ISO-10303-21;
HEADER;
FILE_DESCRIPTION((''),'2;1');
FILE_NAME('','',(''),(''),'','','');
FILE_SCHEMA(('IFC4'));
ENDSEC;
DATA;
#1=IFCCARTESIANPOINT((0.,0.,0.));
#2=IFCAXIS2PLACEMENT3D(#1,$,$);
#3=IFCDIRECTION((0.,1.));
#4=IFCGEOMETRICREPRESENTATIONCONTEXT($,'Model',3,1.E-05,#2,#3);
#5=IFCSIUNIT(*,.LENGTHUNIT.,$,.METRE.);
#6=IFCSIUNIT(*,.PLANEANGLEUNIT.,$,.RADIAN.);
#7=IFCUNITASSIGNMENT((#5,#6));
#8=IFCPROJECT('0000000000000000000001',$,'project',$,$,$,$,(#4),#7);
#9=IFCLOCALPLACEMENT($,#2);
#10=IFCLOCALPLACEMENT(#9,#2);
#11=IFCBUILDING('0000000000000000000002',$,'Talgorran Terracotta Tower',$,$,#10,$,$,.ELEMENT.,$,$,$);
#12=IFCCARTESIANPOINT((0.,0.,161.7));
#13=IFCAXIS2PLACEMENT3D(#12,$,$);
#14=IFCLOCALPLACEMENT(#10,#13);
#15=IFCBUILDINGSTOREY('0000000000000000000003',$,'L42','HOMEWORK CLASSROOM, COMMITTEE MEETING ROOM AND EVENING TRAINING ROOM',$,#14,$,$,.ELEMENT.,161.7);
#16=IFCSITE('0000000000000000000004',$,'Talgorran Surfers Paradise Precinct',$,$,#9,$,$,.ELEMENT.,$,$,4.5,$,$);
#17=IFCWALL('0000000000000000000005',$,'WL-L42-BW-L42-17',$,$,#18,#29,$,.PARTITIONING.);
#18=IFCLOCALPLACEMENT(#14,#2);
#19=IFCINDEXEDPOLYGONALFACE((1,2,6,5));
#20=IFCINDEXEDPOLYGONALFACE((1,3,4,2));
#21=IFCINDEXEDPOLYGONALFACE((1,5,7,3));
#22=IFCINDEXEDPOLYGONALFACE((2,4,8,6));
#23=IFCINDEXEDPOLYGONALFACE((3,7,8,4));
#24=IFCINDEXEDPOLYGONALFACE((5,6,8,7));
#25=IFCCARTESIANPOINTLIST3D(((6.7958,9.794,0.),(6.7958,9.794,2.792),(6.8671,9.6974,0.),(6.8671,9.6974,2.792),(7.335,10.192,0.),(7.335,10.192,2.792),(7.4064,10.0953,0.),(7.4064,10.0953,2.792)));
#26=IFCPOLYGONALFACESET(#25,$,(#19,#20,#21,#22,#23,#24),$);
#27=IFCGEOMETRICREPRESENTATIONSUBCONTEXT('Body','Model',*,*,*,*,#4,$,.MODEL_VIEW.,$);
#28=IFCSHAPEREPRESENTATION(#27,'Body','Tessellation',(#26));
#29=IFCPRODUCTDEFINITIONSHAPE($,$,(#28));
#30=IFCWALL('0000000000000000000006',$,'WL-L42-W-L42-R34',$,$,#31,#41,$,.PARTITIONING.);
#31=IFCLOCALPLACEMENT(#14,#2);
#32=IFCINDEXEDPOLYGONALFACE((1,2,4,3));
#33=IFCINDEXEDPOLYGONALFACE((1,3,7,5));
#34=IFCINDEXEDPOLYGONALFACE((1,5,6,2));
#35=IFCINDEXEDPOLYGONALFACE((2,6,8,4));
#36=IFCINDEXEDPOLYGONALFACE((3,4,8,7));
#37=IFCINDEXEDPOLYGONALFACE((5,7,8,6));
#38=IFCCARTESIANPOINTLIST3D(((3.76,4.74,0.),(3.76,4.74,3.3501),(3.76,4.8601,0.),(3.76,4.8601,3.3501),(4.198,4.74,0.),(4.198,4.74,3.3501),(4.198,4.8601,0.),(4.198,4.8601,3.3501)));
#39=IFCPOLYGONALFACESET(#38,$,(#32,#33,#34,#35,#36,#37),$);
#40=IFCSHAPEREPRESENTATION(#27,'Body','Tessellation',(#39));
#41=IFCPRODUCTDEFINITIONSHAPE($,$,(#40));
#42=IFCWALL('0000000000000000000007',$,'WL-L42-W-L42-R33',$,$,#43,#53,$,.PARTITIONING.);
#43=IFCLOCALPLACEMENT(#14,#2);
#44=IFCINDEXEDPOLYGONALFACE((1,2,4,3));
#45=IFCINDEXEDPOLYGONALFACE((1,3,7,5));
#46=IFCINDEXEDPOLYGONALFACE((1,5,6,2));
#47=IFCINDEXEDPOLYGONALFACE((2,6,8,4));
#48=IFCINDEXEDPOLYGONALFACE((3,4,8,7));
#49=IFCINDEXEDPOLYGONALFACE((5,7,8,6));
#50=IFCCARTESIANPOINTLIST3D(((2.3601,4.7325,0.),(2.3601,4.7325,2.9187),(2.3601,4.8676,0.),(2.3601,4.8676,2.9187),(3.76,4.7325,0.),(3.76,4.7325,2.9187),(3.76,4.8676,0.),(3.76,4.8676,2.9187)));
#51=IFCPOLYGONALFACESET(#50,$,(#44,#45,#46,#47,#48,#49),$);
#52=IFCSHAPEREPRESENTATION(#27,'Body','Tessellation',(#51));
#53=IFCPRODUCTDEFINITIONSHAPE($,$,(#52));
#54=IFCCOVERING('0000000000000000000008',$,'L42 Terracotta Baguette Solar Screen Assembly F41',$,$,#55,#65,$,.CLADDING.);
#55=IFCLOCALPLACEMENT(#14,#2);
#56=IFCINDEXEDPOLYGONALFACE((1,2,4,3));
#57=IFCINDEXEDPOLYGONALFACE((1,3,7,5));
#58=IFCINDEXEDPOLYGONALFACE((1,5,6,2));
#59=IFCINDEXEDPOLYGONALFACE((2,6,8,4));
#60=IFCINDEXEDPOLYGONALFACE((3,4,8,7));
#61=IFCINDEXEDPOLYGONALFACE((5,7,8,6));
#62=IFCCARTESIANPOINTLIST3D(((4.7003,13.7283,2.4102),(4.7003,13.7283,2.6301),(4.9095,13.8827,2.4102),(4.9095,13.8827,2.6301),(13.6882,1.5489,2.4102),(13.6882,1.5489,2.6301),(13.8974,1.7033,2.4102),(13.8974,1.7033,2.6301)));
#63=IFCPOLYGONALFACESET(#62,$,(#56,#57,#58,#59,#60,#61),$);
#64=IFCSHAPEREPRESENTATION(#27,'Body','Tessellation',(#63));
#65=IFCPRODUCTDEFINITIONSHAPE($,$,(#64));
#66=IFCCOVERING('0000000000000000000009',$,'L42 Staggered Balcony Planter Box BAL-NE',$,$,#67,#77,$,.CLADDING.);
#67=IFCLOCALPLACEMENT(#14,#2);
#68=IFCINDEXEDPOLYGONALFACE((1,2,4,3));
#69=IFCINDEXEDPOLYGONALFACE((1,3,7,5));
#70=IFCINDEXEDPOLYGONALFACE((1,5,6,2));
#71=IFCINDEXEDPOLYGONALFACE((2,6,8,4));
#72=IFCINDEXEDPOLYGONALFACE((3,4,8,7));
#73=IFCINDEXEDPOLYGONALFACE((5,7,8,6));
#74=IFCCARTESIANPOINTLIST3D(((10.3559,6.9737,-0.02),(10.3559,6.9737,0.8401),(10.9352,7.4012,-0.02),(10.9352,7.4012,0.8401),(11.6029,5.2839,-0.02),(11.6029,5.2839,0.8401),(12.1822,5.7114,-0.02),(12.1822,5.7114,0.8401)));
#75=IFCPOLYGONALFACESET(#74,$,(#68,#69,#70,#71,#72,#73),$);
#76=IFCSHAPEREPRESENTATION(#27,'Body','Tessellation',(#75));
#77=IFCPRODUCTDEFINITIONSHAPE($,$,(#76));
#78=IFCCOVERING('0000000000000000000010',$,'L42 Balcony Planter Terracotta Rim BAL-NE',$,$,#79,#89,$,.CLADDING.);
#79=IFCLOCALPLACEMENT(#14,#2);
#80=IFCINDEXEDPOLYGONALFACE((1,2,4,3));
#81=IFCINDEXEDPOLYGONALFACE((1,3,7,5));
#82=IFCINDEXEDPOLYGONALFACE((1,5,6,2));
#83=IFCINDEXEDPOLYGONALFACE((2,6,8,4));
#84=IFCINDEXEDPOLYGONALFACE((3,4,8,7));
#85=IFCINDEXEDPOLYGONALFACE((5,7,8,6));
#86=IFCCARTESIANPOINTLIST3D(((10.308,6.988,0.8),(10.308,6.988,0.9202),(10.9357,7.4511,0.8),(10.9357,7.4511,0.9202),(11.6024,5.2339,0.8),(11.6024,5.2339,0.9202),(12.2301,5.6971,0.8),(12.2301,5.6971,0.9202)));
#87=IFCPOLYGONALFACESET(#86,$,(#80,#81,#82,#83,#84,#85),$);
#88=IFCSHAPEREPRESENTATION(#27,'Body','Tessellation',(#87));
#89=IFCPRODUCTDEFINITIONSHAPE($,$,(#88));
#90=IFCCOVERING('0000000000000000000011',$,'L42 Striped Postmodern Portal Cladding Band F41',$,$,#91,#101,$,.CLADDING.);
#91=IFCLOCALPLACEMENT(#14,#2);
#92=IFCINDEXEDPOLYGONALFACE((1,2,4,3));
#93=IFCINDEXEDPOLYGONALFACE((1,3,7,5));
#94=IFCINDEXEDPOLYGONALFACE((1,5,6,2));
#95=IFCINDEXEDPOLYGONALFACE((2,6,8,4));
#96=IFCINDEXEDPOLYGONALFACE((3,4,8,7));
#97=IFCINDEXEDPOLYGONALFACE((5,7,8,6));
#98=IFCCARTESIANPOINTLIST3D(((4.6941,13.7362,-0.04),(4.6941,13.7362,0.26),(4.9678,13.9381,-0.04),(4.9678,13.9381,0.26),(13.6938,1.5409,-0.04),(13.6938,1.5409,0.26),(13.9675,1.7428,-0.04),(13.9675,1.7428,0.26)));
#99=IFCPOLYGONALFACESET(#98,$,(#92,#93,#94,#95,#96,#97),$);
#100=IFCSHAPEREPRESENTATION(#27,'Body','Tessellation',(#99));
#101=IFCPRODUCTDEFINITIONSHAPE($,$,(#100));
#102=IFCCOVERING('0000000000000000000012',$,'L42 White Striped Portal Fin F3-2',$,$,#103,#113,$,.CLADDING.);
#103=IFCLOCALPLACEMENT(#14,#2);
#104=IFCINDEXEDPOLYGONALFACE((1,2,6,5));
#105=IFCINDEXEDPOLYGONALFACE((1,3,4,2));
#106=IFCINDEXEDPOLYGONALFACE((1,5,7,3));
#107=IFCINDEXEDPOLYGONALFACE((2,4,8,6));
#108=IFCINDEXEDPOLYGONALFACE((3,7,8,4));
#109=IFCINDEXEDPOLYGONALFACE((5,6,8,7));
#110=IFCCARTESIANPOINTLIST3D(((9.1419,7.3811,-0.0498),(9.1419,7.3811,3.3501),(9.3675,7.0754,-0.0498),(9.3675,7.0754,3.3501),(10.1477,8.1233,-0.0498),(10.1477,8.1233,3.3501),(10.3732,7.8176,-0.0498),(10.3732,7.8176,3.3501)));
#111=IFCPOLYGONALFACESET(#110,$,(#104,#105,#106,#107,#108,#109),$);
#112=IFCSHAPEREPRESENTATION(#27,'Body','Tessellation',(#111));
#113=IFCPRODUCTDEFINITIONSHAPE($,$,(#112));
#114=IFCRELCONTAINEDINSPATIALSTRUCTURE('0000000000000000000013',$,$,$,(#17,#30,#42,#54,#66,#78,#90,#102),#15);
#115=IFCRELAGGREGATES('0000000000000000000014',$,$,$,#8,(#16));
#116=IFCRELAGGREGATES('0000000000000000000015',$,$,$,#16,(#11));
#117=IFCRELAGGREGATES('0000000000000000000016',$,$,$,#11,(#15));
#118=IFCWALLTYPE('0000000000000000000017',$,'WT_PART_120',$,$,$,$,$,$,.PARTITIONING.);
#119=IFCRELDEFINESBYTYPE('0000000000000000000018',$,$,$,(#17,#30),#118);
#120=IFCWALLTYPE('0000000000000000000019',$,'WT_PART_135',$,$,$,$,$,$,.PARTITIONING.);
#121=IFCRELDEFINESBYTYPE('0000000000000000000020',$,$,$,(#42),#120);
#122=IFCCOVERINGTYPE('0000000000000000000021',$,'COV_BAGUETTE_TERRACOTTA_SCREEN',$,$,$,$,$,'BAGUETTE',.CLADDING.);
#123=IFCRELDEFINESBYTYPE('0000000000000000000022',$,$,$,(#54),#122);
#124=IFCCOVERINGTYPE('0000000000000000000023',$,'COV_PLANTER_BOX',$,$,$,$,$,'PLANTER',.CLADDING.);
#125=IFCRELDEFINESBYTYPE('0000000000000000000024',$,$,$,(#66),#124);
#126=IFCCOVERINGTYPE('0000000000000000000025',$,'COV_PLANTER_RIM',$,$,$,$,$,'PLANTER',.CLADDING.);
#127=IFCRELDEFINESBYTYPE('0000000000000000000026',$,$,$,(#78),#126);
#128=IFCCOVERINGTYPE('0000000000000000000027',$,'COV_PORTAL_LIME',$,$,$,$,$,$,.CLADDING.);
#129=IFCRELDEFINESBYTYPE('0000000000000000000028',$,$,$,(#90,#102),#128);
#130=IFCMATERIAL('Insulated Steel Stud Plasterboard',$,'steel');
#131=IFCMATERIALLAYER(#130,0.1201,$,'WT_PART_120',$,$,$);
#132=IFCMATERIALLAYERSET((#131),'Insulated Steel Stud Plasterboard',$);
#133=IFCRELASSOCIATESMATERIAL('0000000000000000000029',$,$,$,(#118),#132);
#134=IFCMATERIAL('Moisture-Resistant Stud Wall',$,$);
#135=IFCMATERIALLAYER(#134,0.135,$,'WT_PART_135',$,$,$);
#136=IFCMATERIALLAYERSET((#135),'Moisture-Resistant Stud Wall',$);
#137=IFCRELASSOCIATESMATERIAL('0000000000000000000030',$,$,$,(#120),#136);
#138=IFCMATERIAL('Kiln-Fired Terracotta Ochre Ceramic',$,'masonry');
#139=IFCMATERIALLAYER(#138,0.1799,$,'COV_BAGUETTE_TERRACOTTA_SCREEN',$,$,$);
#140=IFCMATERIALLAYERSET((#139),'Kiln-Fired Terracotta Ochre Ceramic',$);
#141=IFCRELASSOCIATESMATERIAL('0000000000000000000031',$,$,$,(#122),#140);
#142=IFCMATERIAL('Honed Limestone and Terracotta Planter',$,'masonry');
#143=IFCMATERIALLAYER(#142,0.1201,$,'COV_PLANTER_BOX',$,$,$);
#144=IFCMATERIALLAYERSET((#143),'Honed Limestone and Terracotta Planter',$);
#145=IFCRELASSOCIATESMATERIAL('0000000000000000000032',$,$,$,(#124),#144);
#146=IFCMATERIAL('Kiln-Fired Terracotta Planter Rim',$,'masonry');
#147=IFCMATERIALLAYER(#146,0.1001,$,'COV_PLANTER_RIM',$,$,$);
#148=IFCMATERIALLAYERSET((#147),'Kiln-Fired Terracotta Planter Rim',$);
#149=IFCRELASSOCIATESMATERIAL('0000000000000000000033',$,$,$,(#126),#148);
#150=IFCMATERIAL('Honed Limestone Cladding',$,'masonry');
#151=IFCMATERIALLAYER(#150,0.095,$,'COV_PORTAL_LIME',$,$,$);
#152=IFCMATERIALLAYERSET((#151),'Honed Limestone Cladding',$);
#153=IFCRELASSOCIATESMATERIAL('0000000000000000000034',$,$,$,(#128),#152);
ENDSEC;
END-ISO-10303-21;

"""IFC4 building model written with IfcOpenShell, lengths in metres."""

from ifc_helpers import new_model, si_unit, direction, frame, frame_2d, origin, origin_2d, place, context, subcontext, project, spatial, rectangle, extrude, material, layer, layer_set, type_object, element, save


model = new_model("IFC4")

# Units and contexts
model_context = context("Model", 3, precision=1e-05, world=origin(), true_north=direction((0.0, 1.0)))
body_context = subcontext(model_context, "Body", "Model", "MODEL_VIEW")
ifc_project = project(units=[si_unit("LENGTHUNIT", "METRE"), si_unit("PLANEANGLEUNIT", "RADIAN")], contexts=[model_context])

# Site, building, storey
site_placement = place(None, origin())
site = spatial("IfcSite", under=ifc_project, at=site_placement, Name="Talgorran Surfers Paradise Precinct", CompositionType="ELEMENT", RefElevation=4.5)
building_placement = place(site_placement, origin())
building = spatial("IfcBuilding", under=site, at=building_placement, Name="Talgorran Terracotta Tower", CompositionType="ELEMENT")
storey_placement = place(building_placement, frame((0.0, 0.0, 161.7)))
storey = spatial("IfcBuildingStorey", under=building, at=storey_placement, Name="L42", Description="HOMEWORK CLASSROOM, COMMITTEE MEETING ROOM AND EVENING TRAINING ROOM", CompositionType="ELEMENT", Elevation=161.7)

# Shared definitions
ifc_material_1 = material(Name="Insulated Steel Stud Plasterboard", Category="steel")
ifc_layer_1 = layer(ifc_material_1, 0.1201, Name="WT_PART_120")
ifc_layer_set_1 = layer_set([ifc_layer_1], Name="Insulated Steel Stud Plasterboard")
wall_type_1 = type_object("IfcWallType", Name="WT_PART_120", PredefinedType="PARTITIONING", material=ifc_layer_set_1)

# Walls
wall_1_placement = place(storey_placement, frame((7.3706, 10.1436, 0.0), z_axis=(0.0, 0.0, 1.0), x_axis=(-0.804653, -0.593746, 0.0)))
element("IfcWall", 1, at=wall_1_placement, inside=storey, type_object=wall_type_1, Name="WL-L42-BW-L42-17", PredefinedType="PARTITIONING", context=body_context, shape_type="SweptSolid", body=[
    extrude(rectangle(XDim=0.6702, YDim=0.1201, at=frame_2d((0.335, 0.0))), origin(), (0.0, 0.0, 1.0), 2.792),
])
wall_2_placement = place(storey_placement, frame((3.76, 4.8, 0.0), z_axis=(0.0, 0.0, 1.0), x_axis=(1.0, 0.0, 0.0)))
element("IfcWall", 2, at=wall_2_placement, inside=storey, type_object=wall_type_1, Name="WL-L42-W-L42-R34", PredefinedType="PARTITIONING", context=body_context, shape_type="SweptSolid", body=[
    extrude(rectangle(XDim=0.438, YDim=0.1201, at=frame_2d((0.219, 0.0))), origin(), (0.0, 0.0, 1.0), 3.3501),
])
ifc_material_2 = material(Name="Moisture-Resistant Stud Wall")
ifc_layer_2 = layer(ifc_material_2, 0.135, Name="WT_PART_135")
ifc_layer_set_2 = layer_set([ifc_layer_2], Name="Moisture-Resistant Stud Wall")
wall_type_2 = type_object("IfcWallType", Name="WT_PART_135", PredefinedType="PARTITIONING", material=ifc_layer_set_2)
wall_3_placement = place(storey_placement, frame((2.3601, 4.8, 0.0), z_axis=(0.0, 0.0, 1.0), x_axis=(1.0, 0.0, 0.0)))
element("IfcWall", 3, at=wall_3_placement, inside=storey, type_object=wall_type_2, Name="WL-L42-W-L42-R33", PredefinedType="PARTITIONING", context=body_context, shape_type="SweptSolid", body=[
    extrude(rectangle(XDim=1.3999, YDim=0.135, at=frame_2d((0.7, 0.0))), origin(), (0.0, 0.0, 1.0), 2.9187),
])

# Coverings
ifc_material_3 = material(Name="Kiln-Fired Terracotta Ochre Ceramic", Category="masonry")
ifc_layer_3 = layer(ifc_material_3, 0.1799, Name="COV_BAGUETTE_TERRACOTTA_SCREEN")
ifc_layer_set_3 = layer_set([ifc_layer_3], Name="Kiln-Fired Terracotta Ochre Ceramic")
covering_type_1 = type_object("IfcCoveringType", Name="COV_BAGUETTE_TERRACOTTA_SCREEN", ElementType="BAGUETTE", PredefinedType="CLADDING", material=ifc_layer_set_3)
covering_1_placement = place(storey_placement, frame((9.2988, 7.7158, 2.4102), z_axis=(0.0, 0.0, 1.0), x_axis=(-0.593784, 0.804624, 0.0)))
element("IfcCovering", 4, at=covering_1_placement, inside=storey, type_object=covering_type_1, Name="L42 Terracotta Baguette Solar Screen Assembly F41", PredefinedType="CLADDING", context=body_context, shape_type="SweptSolid", body=[
    extrude(rectangle(XDim=15.1367, YDim=0.26, at=origin_2d()), origin(), (0.0, 0.0, 1.0), 0.22),
])
ifc_material_4 = material(Name="Honed Limestone and Terracotta Planter", Category="masonry")
ifc_layer_4 = layer(ifc_material_4, 0.1201, Name="COV_PLANTER_BOX")
ifc_layer_set_4 = layer_set([ifc_layer_4], Name="Honed Limestone and Terracotta Planter")
covering_type_2 = type_object("IfcCoveringType", Name="COV_PLANTER_BOX", ElementType="PLANTER", PredefinedType="CLADDING", material=ifc_layer_set_4)
covering_2_placement = place(storey_placement, frame((11.269, 6.3425, -0.02), z_axis=(0.0, 0.0, 1.0), x_axis=(-0.593784, 0.804624, 0.0)))
element("IfcCovering", 5, at=covering_2_placement, inside=storey, type_object=covering_type_2, Name="L42 Staggered Balcony Planter Box BAL-NE", PredefinedType="CLADDING", context=body_context, shape_type="SweptSolid", body=[
    extrude(rectangle(XDim=2.1001, YDim=0.72, at=origin_2d()), origin(), (0.0, 0.0, 1.0), 0.8601),
])
ifc_material_5 = material(Name="Kiln-Fired Terracotta Planter Rim", Category="masonry")
ifc_layer_5 = layer(ifc_material_5, 0.1001, Name="COV_PLANTER_RIM")
ifc_layer_set_5 = layer_set([ifc_layer_5], Name="Kiln-Fired Terracotta Planter Rim")
covering_type_3 = type_object("IfcCoveringType", Name="COV_PLANTER_RIM", ElementType="PLANTER", PredefinedType="CLADDING", material=ifc_layer_set_5)
covering_3_placement = place(storey_placement, frame((11.269, 6.3425, 0.8), z_axis=(0.0, 0.0, 1.0), x_axis=(-0.593784, 0.804624, 0.0)))
element("IfcCovering", 6, at=covering_3_placement, inside=storey, type_object=covering_type_3, Name="L42 Balcony Planter Terracotta Rim BAL-NE", PredefinedType="CLADDING", context=body_context, shape_type="SweptSolid", body=[
    extrude(rectangle(XDim=2.1799, YDim=0.78, at=origin_2d()), origin(), (0.0, 0.0, 1.0), 0.1201),
])
ifc_material_6 = material(Name="Honed Limestone Cladding", Category="masonry")
ifc_layer_6 = layer(ifc_material_6, 0.095, Name="COV_PORTAL_LIME")
ifc_layer_set_6 = layer_set([ifc_layer_6], Name="Honed Limestone Cladding")
covering_type_4 = type_object("IfcCoveringType", Name="COV_PORTAL_LIME", PredefinedType="CLADDING", material=ifc_layer_set_6)
covering_4_placement = place(storey_placement, frame((9.3308, 7.7395, -0.04), z_axis=(0.0, 0.0, 1.0), x_axis=(-0.593784, 0.804624, 0.0)))
element("IfcCovering", 7, at=covering_4_placement, inside=storey, type_object=covering_type_4, Name="L42 Striped Postmodern Portal Cladding Band F41", PredefinedType="CLADDING", context=body_context, shape_type="SweptSolid", body=[
    extrude(rectangle(XDim=15.1565, YDim=0.3401, at=origin_2d()), origin(), (0.0, 0.0, 1.0), 0.3),
])
covering_5_placement = place(storey_placement, frame((9.7576, 7.5994, -0.0498), z_axis=(0.0, 0.0, 1.0), x_axis=(-0.593784, 0.804624, 0.0)))
element("IfcCovering", 8, at=covering_5_placement, inside=storey, type_object=covering_type_4, Name="L42 White Striped Portal Fin F3-2", PredefinedType="CLADDING", context=body_context, shape_type="SweptSolid", body=[
    extrude(rectangle(XDim=0.3799, YDim=1.25, at=origin_2d()), origin(), (0.0, 0.0, 1.0), 3.3999),
])

save(model, "model.ifc")
